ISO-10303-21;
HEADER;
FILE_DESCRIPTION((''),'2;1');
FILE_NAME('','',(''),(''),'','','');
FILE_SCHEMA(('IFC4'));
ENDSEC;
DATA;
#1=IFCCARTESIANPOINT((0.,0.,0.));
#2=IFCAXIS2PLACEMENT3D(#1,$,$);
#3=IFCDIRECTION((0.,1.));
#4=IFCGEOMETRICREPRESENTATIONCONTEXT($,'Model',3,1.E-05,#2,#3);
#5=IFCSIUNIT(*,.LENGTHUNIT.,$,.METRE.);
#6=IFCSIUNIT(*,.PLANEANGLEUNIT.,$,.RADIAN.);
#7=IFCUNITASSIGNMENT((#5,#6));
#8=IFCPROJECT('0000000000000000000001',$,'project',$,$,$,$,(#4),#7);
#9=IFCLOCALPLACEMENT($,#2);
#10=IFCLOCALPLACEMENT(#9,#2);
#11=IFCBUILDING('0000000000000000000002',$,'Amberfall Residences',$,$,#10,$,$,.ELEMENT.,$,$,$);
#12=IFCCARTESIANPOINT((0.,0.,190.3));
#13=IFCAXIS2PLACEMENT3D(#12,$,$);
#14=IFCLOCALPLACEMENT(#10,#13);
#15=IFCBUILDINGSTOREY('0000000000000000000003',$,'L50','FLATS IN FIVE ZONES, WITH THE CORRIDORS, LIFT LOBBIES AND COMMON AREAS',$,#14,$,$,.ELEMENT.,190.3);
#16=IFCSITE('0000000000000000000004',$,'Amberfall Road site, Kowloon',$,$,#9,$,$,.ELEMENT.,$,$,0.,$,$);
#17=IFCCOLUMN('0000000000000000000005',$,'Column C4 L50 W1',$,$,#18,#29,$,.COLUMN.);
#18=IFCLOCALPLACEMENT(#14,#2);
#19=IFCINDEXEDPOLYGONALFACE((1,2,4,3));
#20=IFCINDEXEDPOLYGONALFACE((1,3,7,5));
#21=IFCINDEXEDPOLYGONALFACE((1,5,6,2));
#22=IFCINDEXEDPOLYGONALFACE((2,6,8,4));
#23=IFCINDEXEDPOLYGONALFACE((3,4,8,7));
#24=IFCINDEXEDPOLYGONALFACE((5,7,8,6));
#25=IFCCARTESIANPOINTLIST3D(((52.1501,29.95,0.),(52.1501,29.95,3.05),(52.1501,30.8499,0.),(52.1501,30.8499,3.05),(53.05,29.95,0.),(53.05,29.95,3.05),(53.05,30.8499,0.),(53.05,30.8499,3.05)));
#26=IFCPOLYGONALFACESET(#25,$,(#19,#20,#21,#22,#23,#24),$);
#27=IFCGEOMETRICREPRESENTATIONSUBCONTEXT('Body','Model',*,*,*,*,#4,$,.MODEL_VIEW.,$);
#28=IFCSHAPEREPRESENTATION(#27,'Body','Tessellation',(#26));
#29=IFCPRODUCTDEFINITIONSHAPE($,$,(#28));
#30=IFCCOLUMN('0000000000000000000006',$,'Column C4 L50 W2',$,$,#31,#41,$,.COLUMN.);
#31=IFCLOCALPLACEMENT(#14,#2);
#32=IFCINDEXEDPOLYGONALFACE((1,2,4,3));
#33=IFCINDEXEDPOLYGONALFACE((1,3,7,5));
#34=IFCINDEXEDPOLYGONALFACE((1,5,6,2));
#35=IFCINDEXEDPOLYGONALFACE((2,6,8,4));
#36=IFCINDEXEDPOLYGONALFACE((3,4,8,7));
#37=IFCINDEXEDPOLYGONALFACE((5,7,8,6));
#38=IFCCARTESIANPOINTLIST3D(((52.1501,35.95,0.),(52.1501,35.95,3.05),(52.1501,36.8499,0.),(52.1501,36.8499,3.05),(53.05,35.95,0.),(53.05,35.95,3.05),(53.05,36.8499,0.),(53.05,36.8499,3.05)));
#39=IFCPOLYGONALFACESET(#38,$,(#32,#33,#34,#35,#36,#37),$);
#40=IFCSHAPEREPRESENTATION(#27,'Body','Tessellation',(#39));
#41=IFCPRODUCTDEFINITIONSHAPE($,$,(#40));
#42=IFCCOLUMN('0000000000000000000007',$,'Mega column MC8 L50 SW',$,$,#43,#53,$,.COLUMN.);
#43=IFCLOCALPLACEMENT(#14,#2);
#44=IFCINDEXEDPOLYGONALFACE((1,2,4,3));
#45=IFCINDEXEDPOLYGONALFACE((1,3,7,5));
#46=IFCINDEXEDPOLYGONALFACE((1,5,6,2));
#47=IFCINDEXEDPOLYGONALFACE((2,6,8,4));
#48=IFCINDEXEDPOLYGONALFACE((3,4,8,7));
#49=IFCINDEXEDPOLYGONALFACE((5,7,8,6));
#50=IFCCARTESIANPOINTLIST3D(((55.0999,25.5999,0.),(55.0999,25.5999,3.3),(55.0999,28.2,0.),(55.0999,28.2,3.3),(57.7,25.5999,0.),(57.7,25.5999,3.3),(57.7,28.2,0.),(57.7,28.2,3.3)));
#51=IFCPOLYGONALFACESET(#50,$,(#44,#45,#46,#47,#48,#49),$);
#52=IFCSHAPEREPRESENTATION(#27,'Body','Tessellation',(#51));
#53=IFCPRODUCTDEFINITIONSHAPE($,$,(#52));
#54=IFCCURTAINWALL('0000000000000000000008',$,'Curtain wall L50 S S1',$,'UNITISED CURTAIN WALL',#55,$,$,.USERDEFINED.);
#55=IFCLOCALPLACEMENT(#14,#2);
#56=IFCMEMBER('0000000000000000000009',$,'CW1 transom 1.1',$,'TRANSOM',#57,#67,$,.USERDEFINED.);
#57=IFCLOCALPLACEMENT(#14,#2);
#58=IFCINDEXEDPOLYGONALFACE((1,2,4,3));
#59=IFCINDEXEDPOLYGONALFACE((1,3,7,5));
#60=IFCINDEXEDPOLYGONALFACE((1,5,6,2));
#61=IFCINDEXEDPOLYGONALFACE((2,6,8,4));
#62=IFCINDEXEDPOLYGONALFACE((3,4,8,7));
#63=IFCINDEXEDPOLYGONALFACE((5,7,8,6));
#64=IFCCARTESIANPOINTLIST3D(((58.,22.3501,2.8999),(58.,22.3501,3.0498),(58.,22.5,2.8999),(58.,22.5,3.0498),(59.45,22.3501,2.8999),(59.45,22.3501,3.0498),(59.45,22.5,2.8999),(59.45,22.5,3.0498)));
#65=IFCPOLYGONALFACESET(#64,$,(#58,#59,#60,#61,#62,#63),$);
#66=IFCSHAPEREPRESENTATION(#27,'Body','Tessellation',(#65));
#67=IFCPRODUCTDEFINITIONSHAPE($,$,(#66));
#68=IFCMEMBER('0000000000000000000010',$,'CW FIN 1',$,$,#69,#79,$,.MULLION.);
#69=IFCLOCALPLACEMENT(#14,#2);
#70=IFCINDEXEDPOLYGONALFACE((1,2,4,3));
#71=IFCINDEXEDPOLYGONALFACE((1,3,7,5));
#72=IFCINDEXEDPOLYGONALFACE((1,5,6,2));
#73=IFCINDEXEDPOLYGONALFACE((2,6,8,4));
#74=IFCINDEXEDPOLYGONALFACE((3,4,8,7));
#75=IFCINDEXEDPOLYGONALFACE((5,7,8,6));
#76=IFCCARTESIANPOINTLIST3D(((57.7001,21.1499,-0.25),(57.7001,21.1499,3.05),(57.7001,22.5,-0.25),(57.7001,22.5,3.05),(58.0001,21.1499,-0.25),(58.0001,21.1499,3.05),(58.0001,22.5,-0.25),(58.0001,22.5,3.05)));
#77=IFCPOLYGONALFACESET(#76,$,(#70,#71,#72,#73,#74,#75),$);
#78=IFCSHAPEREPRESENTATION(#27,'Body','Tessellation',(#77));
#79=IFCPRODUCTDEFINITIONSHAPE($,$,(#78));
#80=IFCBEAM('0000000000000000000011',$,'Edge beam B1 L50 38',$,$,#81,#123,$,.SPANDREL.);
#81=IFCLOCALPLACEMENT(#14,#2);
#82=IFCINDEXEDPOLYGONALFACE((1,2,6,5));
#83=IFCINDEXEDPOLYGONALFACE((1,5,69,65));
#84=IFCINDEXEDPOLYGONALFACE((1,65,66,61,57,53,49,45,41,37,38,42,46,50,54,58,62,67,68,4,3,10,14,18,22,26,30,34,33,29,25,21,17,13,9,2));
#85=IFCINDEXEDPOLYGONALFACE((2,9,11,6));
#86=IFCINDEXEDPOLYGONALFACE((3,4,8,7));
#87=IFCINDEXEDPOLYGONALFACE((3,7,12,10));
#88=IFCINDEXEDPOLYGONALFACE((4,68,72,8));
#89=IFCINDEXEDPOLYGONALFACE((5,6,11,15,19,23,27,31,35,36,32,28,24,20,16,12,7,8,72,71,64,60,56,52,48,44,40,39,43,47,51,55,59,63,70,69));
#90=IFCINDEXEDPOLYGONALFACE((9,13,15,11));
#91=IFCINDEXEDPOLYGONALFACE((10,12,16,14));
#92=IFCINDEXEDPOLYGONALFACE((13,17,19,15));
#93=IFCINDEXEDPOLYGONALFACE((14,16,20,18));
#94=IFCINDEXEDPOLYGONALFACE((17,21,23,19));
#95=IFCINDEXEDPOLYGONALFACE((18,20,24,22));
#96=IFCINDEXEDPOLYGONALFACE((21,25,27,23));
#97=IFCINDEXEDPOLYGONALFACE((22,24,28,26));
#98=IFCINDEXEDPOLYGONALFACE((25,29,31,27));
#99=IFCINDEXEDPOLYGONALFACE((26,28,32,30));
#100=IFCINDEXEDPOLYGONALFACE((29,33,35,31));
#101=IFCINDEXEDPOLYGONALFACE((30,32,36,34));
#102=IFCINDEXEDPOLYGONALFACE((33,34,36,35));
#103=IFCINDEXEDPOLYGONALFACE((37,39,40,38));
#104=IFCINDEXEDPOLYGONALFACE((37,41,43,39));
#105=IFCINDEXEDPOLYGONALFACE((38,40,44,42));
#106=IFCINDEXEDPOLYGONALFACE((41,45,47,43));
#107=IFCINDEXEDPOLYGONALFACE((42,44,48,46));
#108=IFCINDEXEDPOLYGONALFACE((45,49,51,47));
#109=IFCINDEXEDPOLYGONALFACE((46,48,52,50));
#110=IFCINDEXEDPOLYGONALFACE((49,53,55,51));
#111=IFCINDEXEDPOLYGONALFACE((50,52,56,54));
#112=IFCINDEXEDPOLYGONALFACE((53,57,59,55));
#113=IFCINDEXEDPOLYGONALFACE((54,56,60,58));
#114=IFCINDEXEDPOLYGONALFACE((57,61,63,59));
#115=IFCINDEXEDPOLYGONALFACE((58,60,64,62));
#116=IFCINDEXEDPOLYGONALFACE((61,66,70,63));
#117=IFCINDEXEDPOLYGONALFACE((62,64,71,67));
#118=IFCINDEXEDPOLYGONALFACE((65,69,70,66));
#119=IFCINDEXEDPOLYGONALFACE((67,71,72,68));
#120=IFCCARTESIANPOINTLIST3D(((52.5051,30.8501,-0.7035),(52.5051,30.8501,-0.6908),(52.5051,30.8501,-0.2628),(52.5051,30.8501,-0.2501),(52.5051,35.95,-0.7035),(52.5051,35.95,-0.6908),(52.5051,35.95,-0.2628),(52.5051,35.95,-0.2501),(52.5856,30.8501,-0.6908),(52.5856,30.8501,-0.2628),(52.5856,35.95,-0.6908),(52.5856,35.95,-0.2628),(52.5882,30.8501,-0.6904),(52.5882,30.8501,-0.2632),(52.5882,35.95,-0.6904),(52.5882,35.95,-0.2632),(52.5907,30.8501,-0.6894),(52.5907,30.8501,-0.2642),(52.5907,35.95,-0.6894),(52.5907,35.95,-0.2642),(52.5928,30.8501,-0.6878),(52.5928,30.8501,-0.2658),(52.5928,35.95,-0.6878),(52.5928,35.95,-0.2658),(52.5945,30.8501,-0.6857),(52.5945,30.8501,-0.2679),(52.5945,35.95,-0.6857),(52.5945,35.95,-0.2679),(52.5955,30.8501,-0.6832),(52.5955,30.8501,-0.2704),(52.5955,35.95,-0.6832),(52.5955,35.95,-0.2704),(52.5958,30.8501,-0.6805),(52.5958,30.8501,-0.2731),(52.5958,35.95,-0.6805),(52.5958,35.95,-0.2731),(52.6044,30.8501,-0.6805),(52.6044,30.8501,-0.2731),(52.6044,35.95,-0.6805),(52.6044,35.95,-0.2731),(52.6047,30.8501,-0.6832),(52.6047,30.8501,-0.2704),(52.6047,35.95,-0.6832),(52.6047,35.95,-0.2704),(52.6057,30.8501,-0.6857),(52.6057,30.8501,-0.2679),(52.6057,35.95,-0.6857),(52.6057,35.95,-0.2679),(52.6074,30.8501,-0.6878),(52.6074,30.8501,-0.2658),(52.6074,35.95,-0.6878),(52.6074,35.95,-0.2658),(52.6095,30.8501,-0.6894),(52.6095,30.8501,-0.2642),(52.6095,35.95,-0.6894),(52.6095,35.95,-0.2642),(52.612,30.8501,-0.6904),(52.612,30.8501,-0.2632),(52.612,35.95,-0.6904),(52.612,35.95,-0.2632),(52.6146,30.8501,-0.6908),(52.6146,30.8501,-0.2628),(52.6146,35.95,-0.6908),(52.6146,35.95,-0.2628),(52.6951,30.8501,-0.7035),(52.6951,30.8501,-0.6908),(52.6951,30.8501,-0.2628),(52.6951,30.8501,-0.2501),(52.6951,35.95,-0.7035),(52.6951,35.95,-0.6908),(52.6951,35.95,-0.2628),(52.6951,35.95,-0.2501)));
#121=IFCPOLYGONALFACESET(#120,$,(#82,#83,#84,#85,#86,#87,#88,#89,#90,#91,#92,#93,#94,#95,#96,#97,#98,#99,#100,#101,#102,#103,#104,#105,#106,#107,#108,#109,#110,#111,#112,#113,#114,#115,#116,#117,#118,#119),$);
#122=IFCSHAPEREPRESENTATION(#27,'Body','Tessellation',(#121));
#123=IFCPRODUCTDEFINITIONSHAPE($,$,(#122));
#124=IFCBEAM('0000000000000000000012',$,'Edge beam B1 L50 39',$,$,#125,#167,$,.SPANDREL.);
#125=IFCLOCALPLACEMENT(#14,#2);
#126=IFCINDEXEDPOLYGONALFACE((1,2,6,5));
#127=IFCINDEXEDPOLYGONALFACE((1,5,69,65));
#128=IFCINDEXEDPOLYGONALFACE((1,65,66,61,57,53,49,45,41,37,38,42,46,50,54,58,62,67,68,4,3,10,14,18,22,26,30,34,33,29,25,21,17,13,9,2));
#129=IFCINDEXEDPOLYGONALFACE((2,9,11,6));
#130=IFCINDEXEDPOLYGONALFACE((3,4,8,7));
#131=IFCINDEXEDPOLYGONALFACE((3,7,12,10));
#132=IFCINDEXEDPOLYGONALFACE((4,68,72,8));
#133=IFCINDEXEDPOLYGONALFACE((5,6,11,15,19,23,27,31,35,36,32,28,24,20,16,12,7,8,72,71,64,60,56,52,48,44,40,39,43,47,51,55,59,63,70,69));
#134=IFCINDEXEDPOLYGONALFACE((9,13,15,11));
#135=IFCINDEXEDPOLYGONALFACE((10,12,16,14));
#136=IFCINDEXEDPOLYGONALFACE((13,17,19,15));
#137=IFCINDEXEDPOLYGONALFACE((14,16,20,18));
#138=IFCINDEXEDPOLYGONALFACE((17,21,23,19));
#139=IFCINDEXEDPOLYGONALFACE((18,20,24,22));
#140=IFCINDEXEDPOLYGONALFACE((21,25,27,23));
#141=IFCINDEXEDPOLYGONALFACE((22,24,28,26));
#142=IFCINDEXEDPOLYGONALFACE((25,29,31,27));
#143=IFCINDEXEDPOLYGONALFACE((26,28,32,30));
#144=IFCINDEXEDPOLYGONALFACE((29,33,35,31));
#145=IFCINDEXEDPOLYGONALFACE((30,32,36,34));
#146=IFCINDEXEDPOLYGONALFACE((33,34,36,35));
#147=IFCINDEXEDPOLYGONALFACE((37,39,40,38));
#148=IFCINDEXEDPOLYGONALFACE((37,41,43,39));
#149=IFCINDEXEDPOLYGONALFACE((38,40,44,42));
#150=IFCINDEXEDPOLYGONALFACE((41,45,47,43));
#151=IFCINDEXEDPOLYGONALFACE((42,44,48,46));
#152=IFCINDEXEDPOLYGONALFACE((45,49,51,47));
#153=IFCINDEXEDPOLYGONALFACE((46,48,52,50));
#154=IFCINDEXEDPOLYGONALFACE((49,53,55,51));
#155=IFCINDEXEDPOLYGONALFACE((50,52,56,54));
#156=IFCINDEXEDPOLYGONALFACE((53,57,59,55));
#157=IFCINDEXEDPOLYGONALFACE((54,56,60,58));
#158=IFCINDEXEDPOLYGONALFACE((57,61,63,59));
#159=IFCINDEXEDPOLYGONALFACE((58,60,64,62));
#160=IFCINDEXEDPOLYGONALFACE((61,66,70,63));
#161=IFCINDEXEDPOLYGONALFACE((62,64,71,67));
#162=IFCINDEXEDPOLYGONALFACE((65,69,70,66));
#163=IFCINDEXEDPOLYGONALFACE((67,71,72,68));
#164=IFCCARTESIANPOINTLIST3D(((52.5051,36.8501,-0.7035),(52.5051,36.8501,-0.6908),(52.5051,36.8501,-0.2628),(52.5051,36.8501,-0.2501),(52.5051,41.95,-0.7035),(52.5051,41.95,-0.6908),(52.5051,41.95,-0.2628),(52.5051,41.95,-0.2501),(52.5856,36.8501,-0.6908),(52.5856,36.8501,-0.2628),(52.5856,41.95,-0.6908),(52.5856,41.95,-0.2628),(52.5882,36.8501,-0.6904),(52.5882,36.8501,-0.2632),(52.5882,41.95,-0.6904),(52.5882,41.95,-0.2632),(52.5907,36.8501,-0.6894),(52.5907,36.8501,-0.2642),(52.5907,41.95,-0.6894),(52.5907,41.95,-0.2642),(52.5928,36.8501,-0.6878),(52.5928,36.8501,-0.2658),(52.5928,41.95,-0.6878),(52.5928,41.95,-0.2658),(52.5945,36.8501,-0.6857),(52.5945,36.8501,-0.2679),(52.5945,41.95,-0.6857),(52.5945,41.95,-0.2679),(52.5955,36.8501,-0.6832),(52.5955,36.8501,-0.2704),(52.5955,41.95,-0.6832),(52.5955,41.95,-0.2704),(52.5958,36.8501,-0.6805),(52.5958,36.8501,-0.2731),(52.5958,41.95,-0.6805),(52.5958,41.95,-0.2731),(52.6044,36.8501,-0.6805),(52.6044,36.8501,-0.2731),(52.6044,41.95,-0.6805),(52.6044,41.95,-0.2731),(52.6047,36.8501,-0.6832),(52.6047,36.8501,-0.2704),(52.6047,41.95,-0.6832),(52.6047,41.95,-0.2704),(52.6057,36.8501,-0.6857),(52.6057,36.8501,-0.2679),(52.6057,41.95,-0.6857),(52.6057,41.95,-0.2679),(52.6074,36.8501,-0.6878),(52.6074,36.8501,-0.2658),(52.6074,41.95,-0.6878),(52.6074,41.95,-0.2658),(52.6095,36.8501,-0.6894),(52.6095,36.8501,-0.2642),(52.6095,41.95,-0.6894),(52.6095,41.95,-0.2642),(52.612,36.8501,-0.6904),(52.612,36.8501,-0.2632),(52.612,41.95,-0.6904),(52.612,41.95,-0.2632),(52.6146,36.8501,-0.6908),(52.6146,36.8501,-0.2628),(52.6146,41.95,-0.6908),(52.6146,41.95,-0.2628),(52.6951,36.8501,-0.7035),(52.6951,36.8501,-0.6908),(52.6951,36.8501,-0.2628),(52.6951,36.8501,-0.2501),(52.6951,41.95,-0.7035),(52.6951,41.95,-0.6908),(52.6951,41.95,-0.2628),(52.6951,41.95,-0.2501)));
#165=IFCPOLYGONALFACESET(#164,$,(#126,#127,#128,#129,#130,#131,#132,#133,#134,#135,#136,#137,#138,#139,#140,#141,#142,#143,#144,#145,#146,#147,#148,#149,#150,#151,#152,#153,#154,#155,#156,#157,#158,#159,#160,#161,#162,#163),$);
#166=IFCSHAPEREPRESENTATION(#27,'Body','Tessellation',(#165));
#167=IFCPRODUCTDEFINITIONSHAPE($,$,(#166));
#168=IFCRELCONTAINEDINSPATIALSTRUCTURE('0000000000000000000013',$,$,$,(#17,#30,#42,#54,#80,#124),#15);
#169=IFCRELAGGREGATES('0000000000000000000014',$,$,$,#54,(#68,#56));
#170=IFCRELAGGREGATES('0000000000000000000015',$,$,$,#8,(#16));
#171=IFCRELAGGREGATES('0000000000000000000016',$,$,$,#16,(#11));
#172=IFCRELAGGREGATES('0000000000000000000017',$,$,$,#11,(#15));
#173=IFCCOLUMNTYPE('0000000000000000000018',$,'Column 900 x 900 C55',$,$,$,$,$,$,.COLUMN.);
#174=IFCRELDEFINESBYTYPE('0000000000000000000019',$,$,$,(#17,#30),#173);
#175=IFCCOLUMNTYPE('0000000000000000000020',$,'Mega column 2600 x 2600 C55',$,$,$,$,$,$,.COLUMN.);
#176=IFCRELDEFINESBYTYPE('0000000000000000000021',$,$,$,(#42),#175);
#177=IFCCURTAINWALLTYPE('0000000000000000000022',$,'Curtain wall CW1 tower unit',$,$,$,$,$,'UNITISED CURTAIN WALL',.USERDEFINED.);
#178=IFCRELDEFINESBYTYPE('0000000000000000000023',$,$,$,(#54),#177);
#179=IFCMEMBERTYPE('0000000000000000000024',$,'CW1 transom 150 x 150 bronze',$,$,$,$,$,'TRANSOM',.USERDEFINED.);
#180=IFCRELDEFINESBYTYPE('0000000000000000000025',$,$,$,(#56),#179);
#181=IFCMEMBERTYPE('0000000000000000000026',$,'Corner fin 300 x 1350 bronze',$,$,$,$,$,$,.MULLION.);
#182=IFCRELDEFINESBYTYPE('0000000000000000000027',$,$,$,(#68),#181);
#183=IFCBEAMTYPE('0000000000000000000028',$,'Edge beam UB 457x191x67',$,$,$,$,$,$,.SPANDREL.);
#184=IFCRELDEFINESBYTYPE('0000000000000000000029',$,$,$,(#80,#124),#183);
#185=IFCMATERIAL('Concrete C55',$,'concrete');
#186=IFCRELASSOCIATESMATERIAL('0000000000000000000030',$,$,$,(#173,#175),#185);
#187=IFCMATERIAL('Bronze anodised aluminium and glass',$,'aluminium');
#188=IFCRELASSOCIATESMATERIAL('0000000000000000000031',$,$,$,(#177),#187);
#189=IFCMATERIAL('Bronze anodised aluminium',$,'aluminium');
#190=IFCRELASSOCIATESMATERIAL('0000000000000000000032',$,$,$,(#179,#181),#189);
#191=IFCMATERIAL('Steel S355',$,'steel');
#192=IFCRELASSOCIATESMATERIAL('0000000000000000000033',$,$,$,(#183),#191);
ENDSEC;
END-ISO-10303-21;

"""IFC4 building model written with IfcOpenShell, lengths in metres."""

from ifc_helpers import new_model, si_unit, direction, frame, origin, origin_2d, place, context, subcontext, project, spatial, rectangle, i_section, extrude, material, material_profile, profile_set, type_object, element, aggregate, save


model = new_model("IFC4")

# Units and contexts
model_context = context("Model", 3, precision=1e-05, world=origin(), true_north=direction((0.0, 1.0)))
body_context = subcontext(model_context, "Body", "Model", "MODEL_VIEW")
ifc_project = project(units=[si_unit("LENGTHUNIT", "METRE"), si_unit("PLANEANGLEUNIT", "RADIAN")], contexts=[model_context])

# Site, building, storey
site_placement = place(None, origin())
site = spatial("IfcSite", under=ifc_project, at=site_placement, Name="Amberfall Road site, Kowloon", CompositionType="ELEMENT", RefElevation=0.0)
building_placement = place(site_placement, origin())
building = spatial("IfcBuilding", under=site, at=building_placement, Name="Amberfall Residences", CompositionType="ELEMENT")
storey_placement = place(building_placement, frame((0.0, 0.0, 190.3)))
storey = spatial("IfcBuildingStorey", under=building, at=storey_placement, Name="L50", Description="FLATS IN FIVE ZONES, WITH THE CORRIDORS, LIFT LOBBIES AND COMMON AREAS", CompositionType="ELEMENT", Elevation=190.3)

# Columns
ifc_material_1 = material(Name="Concrete C55", Category="concrete")
ifc_material_profile_1 = material_profile(ifc_material_1, rectangle(XDim=0.8999, YDim=0.8999, at=origin_2d()), Name="Column 900 x 900 C55")
ifc_profile_set_1 = profile_set([ifc_material_profile_1], Name="Concrete C55")
column_type_1 = type_object("IfcColumnType", Name="Column 900 x 900 C55", PredefinedType="COLUMN", material=ifc_profile_set_1)
for number, where, z_axis, x_axis, name in (
    (1, (52.6001, 30.3999, 0.0), (0.0, 0.0, 1.0), (1.0, 0.0, 0.0), "Column C4 L50 W1"),
    (2, (52.6001, 36.3999, 0.0), (0.0, 0.0, 1.0), (1.0, 0.0, 0.0), "Column C4 L50 W2"),
):
    element("IfcColumn", number, at=place(storey_placement, frame(where, z_axis=z_axis, x_axis=x_axis)), inside=storey, type_object=column_type_1, Name=name, PredefinedType="COLUMN", context=body_context, shape_type="SweptSolid", body=[
        extrude(rectangle(XDim=0.8999, YDim=0.8999, at=origin_2d()), origin(), (0.0, 0.0, 1.0), 3.05),
    ])
ifc_material_profile_2 = material_profile(ifc_material_1, rectangle(XDim=2.6001, YDim=2.6001, at=origin_2d()), Name="Mega column 2600 x 2600 C55")
ifc_profile_set_2 = profile_set([ifc_material_profile_2], Name="Concrete C55")
column_type_2 = type_object("IfcColumnType", Name="Mega column 2600 x 2600 C55", PredefinedType="COLUMN", material=ifc_profile_set_2)
column_placement = place(storey_placement, frame((56.3999, 26.8999, 0.0), z_axis=(0.0, 0.0, 1.0), x_axis=(1.0, 0.0, 0.0)))
element("IfcColumn", 3, at=column_placement, inside=storey, type_object=column_type_2, Name="Mega column MC8 L50 SW", PredefinedType="COLUMN", context=body_context, shape_type="SweptSolid", body=[
    extrude(rectangle(XDim=2.6001, YDim=2.6001, at=origin_2d()), origin(), (0.0, 0.0, 1.0), 3.3),
])

# Curtain wall, members
ifc_material_2 = material(Name="Bronze anodised aluminium and glass", Category="aluminium")
curtain_wall_type = type_object("IfcCurtainWallType", Name="Curtain wall CW1 tower unit", ElementType="UNITISED CURTAIN WALL", PredefinedType="USERDEFINED", material=ifc_material_2)
curtain_wall_placement = place(storey_placement, origin())
curtain_wall = element("IfcCurtainWall", 4, at=curtain_wall_placement, inside=storey, type_object=curtain_wall_type, Name="Curtain wall L50 S S1", ObjectType="UNITISED CURTAIN WALL", PredefinedType="USERDEFINED")
ifc_material_3 = material(Name="Bronze anodised aluminium", Category="aluminium")
ifc_material_profile_3 = material_profile(ifc_material_3, rectangle(XDim=0.1499, YDim=0.1499, at=origin_2d()), Name="CW1 transom 150 x 150 bronze")
ifc_profile_set_3 = profile_set([ifc_material_profile_3], Name="Bronze anodised aluminium")
member_type_1 = type_object("IfcMemberType", Name="CW1 transom 150 x 150 bronze", ElementType="TRANSOM", PredefinedType="USERDEFINED", material=ifc_profile_set_3)
member_1_placement = place(storey_placement, frame((58.0, 22.425, 2.9749), z_axis=(1.0, 0.0, 0.0), x_axis=(0.0, 1.0, 0.0)))
member_1 = element("IfcMember", 5, at=member_1_placement, type_object=member_type_1, Name="CW1 transom 1.1", ObjectType="TRANSOM", PredefinedType="USERDEFINED", context=body_context, shape_type="SweptSolid", body=[
    extrude(rectangle(XDim=0.1499, YDim=0.1499, at=origin_2d()), origin(), (0.0, 0.0, 1.0), 1.45),
])
ifc_material_profile_4 = material_profile(ifc_material_3, rectangle(XDim=1.3501, YDim=0.3, at=origin_2d()), Name="Corner fin 300 x 1350 bronze")
ifc_profile_set_4 = profile_set([ifc_material_profile_4], Name="Bronze anodised aluminium")
member_type_2 = type_object("IfcMemberType", Name="Corner fin 300 x 1350 bronze", PredefinedType="MULLION", material=ifc_profile_set_4)
member_2_placement = place(storey_placement, frame((57.8501, 21.825, -0.25), z_axis=(0.0, 0.0, 1.0), x_axis=(0.0, 1.0, 0.0)))
member_2 = element("IfcMember", 6, at=member_2_placement, type_object=member_type_2, Name="CW FIN 1", PredefinedType="MULLION", context=body_context, shape_type="SweptSolid", body=[
    extrude(rectangle(XDim=1.3501, YDim=0.3, at=origin_2d()), origin(), (0.0, 0.0, 1.0), 3.3),
])

# Beams
ifc_material_4 = material(Name="Steel S355", Category="steel")
ifc_material_profile_5 = material_profile(ifc_material_4, i_section(OverallWidth=0.1899, OverallDepth=0.4534, WebThickness=0.0085, FlangeThickness=0.0127, FilletRadius=0.0103, at=origin_2d()), Name="UB 457x191x67")
ifc_profile_set_5 = profile_set([ifc_material_profile_5], Name="Steel S355")
beam_type_1 = type_object("IfcBeamType", Name="Edge beam UB 457x191x67", PredefinedType="SPANDREL", material=ifc_profile_set_5)
for number, where, z_axis, x_axis, name in (
    (7, (52.6001, 30.8501, -0.4768), (0.0, 1.0, 0.0), (-1.0, 0.0, 0.0), "Edge beam B1 L50 38"),
    (8, (52.6001, 36.8501, -0.4768), (0.0, 1.0, 0.0), (-1.0, 0.0, 0.0), "Edge beam B1 L50 39"),
):
    element("IfcBeam", number, at=place(storey_placement, frame(where, z_axis=z_axis, x_axis=x_axis)), inside=storey, type_object=beam_type_1, Name=name, PredefinedType="SPANDREL", context=body_context, shape_type="SweptSolid", body=[
        extrude(i_section(OverallWidth=0.1899, OverallDepth=0.4534, WebThickness=0.0085, FlangeThickness=0.0127, FilletRadius=0.0103, at=origin_2d()), origin(), (0.0, 0.0, 1.0), 5.0999),
    ])

aggregate(curtain_wall, [member_2, member_1])

save(model, "model.ifc")
